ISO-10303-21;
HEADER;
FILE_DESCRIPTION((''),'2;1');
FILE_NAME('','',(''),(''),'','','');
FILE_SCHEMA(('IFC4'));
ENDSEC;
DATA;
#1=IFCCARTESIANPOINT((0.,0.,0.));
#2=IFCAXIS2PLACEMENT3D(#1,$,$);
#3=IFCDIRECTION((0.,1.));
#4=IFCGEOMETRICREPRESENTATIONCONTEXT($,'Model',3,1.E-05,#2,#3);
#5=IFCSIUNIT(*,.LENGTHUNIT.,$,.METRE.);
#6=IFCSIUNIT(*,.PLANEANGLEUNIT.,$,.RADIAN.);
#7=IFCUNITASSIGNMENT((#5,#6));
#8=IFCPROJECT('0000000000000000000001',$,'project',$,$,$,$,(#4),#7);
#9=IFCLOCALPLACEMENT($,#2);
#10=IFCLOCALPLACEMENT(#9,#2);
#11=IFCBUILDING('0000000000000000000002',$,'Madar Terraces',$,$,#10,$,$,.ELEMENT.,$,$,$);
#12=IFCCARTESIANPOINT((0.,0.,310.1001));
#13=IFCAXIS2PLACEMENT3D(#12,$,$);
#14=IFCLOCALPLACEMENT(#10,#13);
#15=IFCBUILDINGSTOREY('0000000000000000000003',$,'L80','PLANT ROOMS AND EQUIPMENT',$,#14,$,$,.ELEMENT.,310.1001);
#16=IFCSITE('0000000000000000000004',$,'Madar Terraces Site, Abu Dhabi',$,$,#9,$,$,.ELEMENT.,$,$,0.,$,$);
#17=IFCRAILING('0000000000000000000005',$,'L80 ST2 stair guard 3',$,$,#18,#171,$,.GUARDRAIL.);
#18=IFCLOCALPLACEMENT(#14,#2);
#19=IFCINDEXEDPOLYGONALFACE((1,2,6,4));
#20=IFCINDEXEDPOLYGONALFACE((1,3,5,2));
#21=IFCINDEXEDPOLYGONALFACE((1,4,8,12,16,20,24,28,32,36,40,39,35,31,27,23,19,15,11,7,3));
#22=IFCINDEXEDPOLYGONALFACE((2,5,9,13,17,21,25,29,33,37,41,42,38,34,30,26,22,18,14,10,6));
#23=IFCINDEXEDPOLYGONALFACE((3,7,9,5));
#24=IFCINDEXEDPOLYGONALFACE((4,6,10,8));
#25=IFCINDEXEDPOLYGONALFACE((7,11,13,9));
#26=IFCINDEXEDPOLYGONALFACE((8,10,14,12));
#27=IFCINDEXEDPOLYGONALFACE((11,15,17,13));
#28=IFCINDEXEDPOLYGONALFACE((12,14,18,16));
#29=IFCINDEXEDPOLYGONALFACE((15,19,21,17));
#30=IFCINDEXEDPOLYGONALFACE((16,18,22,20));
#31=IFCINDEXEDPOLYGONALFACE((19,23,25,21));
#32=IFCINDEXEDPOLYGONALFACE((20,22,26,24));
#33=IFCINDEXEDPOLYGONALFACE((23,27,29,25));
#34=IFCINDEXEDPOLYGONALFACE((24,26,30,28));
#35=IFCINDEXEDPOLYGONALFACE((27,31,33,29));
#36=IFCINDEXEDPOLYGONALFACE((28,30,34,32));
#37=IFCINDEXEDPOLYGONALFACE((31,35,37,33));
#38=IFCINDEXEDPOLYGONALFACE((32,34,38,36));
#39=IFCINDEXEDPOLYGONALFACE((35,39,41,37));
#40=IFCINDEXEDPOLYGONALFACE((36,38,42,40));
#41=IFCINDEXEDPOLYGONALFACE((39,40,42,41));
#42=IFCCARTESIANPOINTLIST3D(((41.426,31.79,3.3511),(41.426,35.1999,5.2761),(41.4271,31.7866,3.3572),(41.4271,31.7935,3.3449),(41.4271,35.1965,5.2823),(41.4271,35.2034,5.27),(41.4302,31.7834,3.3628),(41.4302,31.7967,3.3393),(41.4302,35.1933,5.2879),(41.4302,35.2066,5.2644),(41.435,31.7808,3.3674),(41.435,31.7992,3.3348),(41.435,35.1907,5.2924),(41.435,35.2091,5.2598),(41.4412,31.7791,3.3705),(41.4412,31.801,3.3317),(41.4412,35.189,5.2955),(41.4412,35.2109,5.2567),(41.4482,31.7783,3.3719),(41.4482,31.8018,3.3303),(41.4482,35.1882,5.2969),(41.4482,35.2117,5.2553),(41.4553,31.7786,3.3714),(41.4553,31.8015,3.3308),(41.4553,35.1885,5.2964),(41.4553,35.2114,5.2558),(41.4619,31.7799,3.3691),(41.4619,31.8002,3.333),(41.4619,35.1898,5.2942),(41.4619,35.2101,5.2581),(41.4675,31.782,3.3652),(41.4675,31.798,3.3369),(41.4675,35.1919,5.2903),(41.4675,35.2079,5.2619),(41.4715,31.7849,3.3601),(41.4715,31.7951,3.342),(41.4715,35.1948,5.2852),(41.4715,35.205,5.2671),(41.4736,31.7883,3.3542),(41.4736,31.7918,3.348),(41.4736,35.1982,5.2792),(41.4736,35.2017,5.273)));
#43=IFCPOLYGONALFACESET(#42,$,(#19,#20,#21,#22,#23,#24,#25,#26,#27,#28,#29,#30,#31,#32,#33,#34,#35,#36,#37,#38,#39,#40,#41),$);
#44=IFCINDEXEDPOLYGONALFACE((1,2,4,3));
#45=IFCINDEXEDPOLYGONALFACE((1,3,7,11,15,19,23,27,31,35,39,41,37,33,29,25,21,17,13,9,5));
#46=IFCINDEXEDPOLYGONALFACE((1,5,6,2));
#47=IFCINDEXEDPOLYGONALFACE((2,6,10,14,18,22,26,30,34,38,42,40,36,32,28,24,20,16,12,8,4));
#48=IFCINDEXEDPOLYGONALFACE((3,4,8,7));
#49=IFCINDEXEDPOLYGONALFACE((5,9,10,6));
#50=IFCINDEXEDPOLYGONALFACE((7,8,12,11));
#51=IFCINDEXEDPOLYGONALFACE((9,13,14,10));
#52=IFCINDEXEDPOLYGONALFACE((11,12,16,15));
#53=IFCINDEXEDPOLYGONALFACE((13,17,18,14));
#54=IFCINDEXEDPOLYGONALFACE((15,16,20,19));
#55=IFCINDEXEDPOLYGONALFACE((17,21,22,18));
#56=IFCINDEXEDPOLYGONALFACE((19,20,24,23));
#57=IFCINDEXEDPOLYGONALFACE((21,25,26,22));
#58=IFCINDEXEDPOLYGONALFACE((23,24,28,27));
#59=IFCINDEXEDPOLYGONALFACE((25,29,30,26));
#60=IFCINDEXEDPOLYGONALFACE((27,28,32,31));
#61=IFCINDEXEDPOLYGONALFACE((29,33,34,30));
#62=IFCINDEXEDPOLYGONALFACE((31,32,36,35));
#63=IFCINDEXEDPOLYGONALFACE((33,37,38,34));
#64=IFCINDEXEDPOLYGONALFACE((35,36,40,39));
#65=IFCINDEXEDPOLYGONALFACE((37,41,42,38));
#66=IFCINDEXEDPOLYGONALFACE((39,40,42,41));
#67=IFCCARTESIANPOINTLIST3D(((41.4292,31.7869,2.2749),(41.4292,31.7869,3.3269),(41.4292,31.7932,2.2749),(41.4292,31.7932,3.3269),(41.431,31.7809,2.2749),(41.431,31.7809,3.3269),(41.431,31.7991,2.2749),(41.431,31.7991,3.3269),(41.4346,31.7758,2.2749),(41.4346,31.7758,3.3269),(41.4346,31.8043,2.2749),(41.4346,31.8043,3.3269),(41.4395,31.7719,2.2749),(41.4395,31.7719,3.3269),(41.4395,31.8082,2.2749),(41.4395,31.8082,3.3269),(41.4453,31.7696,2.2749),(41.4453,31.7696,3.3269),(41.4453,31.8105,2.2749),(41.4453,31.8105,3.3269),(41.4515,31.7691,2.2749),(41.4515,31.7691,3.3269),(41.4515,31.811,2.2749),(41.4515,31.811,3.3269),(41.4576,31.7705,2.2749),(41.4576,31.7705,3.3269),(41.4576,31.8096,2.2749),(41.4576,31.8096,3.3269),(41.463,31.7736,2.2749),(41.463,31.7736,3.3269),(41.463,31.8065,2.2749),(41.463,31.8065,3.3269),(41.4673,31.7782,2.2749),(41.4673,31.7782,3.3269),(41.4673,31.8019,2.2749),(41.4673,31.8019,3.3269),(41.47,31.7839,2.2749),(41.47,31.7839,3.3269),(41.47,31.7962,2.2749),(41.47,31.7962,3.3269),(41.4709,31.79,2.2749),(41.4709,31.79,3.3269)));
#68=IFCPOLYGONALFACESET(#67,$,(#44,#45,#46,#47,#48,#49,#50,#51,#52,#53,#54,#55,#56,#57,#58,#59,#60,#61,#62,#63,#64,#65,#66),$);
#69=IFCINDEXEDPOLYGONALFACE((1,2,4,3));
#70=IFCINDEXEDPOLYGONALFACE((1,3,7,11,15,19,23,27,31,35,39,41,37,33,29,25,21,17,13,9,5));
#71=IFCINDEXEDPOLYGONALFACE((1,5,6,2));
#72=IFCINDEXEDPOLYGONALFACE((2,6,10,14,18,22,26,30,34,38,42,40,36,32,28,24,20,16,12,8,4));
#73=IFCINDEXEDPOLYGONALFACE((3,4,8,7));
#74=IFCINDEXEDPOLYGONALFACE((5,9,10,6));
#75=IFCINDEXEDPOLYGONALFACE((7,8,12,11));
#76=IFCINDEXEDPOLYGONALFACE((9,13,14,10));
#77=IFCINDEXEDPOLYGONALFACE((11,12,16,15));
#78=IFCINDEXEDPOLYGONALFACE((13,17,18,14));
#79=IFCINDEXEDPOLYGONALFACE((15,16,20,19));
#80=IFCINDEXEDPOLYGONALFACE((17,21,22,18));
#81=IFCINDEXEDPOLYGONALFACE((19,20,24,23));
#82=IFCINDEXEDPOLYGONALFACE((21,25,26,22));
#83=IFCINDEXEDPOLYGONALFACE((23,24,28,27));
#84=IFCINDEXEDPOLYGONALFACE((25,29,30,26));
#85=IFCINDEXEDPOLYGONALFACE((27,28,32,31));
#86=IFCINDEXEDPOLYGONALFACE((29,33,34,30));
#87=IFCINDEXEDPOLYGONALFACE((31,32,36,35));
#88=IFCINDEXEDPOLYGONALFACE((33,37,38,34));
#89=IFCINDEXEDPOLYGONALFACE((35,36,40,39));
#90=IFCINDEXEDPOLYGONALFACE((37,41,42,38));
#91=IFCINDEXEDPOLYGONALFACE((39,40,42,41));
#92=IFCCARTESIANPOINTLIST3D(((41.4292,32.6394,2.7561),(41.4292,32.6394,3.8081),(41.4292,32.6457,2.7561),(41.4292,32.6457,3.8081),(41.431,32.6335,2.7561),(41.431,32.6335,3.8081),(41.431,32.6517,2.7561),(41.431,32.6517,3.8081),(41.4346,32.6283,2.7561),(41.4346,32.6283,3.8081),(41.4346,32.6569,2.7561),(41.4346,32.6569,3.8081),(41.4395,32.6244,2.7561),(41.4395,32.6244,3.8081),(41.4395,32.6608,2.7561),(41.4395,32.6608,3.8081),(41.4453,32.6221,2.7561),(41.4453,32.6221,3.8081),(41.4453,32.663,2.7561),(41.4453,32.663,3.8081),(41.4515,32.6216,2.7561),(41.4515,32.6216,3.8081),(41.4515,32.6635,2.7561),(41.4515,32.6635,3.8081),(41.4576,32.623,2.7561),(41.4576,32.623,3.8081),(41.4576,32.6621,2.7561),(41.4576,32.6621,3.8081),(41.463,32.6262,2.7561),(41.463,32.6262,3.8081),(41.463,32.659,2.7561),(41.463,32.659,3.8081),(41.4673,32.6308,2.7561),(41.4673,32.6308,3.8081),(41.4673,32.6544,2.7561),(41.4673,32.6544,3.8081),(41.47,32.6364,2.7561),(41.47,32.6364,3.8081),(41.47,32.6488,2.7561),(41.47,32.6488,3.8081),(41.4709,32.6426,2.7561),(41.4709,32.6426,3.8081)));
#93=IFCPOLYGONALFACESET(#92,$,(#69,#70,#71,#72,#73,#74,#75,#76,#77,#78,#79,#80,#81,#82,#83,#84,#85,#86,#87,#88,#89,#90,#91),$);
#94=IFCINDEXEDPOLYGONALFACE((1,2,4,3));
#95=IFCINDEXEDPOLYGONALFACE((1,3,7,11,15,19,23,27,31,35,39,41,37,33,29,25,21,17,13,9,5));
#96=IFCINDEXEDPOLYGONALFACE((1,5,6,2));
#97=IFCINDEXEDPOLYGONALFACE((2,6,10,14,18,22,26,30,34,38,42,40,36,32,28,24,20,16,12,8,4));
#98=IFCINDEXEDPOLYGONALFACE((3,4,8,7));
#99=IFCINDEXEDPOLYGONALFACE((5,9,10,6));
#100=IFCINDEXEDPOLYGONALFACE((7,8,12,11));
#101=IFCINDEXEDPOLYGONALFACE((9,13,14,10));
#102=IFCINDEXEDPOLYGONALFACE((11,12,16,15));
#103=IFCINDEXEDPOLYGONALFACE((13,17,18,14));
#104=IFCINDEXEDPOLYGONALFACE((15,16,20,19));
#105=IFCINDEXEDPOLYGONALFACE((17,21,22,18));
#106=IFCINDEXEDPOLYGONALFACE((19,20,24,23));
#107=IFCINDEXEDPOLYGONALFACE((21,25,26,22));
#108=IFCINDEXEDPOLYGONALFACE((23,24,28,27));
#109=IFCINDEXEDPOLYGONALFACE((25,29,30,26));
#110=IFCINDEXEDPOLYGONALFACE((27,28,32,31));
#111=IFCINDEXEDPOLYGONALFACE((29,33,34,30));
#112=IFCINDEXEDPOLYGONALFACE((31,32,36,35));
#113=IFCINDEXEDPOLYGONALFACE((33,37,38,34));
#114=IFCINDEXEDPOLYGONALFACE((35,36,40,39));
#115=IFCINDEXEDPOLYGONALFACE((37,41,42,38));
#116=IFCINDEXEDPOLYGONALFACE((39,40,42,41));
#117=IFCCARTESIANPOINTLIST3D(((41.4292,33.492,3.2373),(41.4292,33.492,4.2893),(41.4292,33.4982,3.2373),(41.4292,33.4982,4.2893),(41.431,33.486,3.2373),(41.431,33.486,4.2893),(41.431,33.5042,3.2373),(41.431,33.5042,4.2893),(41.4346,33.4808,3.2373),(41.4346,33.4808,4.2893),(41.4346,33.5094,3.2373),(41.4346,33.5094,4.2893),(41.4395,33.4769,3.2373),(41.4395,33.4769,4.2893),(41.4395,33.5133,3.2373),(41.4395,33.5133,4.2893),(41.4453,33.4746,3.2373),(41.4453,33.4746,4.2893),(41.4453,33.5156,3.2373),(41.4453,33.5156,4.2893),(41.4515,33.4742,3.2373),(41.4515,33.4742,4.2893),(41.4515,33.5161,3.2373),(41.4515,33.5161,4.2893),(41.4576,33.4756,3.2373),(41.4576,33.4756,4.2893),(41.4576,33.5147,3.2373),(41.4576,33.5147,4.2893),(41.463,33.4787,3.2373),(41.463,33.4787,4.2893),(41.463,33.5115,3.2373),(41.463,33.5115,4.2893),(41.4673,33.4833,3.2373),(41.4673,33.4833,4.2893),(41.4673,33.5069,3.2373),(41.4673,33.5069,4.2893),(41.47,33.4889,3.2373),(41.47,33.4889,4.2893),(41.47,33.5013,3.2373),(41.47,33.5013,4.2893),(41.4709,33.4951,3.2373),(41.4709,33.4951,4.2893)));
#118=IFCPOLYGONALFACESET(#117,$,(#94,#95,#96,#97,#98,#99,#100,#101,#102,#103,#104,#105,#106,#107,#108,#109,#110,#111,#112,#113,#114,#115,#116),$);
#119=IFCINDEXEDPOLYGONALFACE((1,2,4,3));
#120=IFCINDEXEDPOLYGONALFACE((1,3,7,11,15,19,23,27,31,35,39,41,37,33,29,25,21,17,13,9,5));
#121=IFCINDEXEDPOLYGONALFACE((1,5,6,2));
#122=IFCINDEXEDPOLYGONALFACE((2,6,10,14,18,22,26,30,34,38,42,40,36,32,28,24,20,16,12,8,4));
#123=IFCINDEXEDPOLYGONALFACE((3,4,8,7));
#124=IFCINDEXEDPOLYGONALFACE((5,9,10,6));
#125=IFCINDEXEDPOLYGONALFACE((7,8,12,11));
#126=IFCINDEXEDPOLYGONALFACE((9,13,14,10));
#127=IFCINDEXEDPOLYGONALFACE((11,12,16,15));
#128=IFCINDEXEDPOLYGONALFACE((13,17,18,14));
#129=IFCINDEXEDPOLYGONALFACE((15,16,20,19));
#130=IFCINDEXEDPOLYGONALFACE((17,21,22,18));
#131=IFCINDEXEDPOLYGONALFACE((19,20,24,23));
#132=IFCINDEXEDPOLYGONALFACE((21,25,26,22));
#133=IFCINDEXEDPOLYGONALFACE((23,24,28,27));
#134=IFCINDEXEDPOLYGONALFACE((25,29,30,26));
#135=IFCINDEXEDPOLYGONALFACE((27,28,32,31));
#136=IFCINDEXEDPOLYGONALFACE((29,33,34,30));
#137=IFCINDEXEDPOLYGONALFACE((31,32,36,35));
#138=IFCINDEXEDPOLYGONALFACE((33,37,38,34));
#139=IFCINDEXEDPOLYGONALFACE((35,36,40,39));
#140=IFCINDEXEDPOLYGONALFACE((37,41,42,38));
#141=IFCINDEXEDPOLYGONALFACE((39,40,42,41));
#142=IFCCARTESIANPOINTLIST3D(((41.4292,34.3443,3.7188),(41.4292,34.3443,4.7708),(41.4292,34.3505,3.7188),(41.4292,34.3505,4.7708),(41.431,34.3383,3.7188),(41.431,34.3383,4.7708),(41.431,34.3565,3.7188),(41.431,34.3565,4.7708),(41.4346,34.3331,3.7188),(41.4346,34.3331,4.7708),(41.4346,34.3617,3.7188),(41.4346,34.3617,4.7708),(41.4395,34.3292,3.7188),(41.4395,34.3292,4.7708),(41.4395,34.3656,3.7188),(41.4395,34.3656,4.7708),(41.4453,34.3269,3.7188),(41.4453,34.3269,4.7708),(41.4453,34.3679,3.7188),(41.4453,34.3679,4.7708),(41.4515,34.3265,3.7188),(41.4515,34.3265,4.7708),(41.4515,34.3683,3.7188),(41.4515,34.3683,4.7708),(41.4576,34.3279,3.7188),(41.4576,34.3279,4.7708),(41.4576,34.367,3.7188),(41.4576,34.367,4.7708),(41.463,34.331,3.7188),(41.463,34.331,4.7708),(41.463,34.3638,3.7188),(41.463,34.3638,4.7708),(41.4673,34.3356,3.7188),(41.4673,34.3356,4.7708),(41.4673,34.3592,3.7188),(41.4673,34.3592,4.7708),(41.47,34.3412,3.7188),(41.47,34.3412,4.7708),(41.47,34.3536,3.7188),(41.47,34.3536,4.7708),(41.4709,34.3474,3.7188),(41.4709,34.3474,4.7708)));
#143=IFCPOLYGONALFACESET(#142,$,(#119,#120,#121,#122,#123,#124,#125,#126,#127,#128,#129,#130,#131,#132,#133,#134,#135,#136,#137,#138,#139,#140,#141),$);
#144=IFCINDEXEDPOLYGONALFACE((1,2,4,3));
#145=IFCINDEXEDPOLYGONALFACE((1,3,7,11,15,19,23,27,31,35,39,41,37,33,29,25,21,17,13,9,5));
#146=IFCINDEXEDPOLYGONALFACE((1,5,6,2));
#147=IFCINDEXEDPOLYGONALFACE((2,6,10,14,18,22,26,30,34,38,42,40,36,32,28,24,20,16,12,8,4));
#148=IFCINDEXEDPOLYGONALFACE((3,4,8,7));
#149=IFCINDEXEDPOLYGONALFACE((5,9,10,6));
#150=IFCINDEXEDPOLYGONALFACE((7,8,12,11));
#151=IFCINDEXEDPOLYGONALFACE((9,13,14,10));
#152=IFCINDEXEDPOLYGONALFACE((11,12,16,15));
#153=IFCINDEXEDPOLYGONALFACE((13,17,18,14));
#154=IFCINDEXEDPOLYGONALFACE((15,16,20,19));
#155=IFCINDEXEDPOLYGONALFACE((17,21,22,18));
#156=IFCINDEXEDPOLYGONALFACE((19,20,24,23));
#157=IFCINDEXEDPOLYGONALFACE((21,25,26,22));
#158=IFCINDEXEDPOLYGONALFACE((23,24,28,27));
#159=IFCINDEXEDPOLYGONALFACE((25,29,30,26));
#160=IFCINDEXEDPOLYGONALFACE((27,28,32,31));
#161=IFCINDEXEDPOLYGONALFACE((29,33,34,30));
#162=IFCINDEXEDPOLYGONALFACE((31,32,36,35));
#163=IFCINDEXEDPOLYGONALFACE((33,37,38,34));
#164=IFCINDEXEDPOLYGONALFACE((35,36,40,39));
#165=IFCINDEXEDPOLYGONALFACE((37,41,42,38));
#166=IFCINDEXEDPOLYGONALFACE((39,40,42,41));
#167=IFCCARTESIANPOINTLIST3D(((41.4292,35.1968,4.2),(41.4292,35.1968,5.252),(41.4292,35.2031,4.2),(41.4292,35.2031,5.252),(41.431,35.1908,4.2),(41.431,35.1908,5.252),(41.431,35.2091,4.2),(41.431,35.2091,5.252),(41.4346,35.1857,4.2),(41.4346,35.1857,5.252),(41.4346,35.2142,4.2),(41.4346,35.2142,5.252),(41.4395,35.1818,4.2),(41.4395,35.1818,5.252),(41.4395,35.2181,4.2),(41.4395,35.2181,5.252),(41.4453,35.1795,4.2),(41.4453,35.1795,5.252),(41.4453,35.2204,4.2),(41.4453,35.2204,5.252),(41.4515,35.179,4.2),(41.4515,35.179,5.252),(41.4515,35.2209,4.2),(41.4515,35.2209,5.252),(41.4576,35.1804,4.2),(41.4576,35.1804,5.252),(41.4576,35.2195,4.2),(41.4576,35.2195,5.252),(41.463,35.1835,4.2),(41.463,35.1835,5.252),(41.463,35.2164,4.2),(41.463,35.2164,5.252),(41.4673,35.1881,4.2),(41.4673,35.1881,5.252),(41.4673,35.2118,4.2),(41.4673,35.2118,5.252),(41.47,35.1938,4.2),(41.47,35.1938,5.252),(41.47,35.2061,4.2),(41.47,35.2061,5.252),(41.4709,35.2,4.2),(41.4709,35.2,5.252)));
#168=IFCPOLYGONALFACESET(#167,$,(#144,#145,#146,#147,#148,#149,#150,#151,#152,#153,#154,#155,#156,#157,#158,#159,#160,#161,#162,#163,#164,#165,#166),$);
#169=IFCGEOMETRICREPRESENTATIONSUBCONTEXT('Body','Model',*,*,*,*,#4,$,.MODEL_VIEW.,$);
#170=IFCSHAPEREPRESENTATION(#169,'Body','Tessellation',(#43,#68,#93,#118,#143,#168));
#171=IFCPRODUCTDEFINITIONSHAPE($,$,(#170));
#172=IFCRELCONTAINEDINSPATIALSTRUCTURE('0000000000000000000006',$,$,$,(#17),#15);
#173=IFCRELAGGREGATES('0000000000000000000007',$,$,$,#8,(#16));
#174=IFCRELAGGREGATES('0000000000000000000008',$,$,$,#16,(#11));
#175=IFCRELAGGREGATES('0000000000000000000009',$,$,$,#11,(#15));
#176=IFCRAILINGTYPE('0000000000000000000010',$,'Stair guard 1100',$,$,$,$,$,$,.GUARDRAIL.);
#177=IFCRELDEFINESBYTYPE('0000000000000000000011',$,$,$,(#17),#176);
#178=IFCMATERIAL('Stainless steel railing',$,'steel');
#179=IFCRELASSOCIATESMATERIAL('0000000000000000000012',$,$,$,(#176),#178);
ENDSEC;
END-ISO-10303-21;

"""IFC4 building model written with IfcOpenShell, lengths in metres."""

from ifc_helpers import new_model, si_unit, direction, frame, origin, origin_2d, place, context, subcontext, project, spatial, circle, extrude, material, type_object, element, save


model = new_model("IFC4")

# Units and contexts
model_context = context("Model", 3, precision=1e-05, world=origin(), true_north=direction((0.0, 1.0)))
body_context = subcontext(model_context, "Body", "Model", "MODEL_VIEW")
ifc_project = project(units=[si_unit("LENGTHUNIT", "METRE"), si_unit("PLANEANGLEUNIT", "RADIAN")], contexts=[model_context])

# Site, building, storey
site_placement = place(None, origin())
site = spatial("IfcSite", under=ifc_project, at=site_placement, Name="Madar Terraces Site, Abu Dhabi", CompositionType="ELEMENT", RefElevation=0.0)
building_placement = place(site_placement, origin())
building = spatial("IfcBuilding", under=site, at=building_placement, Name="Madar Terraces", CompositionType="ELEMENT")
storey_placement = place(building_placement, frame((0.0, 0.0, 310.1001)))
storey = spatial("IfcBuildingStorey", under=building, at=storey_placement, Name="L80", Description="PLANT ROOMS AND EQUIPMENT", CompositionType="ELEMENT", Elevation=310.1001)

# Railing
ifc_material_1 = material(Name="Stainless steel railing", Category="steel")
railing_type_1 = type_object("IfcRailingType", Name="Stair guard 1100", PredefinedType="GUARDRAIL", material=ifc_material_1)
railing_1_placement = place(storey_placement, frame((41.45, 31.79, 2.2749)))
element("IfcRailing", 1, at=railing_1_placement, inside=storey, type_object=railing_type_1, Name="L80 ST2 stair guard 3", PredefinedType="GUARDRAIL", context=body_context, shape_type="SweptSolid", body=[
    extrude(circle(Radius=0.0239, at=origin_2d()), frame((0.0, 0.0, 1.0762), z_axis=(0.0, 0.870814, 0.491613), x_axis=(-1.0, 0.0, 0.0)), (0.0, 0.0, 1.0), 3.9158),
    extrude(circle(Radius=0.021, at=origin_2d()), origin(), (0.0, 0.0, 1.0), 1.052),
    extrude(circle(Radius=0.021, at=origin_2d()), frame((0.0, 0.8525, 0.4812)), (0.0, 0.0, 1.0), 1.052),
    extrude(circle(Radius=0.021, at=origin_2d()), frame((0.0, 1.7051, 0.9624)), (0.0, 0.0, 1.0), 1.052),
    extrude(circle(Radius=0.021, at=origin_2d()), frame((0.0, 2.5574, 1.4438)), (0.0, 0.0, 1.0), 1.052),
    extrude(circle(Radius=0.021, at=origin_2d()), frame((0.0, 3.4099, 1.925)), (0.0, 0.0, 1.0), 1.052),
])

save(model, "model.ifc")
